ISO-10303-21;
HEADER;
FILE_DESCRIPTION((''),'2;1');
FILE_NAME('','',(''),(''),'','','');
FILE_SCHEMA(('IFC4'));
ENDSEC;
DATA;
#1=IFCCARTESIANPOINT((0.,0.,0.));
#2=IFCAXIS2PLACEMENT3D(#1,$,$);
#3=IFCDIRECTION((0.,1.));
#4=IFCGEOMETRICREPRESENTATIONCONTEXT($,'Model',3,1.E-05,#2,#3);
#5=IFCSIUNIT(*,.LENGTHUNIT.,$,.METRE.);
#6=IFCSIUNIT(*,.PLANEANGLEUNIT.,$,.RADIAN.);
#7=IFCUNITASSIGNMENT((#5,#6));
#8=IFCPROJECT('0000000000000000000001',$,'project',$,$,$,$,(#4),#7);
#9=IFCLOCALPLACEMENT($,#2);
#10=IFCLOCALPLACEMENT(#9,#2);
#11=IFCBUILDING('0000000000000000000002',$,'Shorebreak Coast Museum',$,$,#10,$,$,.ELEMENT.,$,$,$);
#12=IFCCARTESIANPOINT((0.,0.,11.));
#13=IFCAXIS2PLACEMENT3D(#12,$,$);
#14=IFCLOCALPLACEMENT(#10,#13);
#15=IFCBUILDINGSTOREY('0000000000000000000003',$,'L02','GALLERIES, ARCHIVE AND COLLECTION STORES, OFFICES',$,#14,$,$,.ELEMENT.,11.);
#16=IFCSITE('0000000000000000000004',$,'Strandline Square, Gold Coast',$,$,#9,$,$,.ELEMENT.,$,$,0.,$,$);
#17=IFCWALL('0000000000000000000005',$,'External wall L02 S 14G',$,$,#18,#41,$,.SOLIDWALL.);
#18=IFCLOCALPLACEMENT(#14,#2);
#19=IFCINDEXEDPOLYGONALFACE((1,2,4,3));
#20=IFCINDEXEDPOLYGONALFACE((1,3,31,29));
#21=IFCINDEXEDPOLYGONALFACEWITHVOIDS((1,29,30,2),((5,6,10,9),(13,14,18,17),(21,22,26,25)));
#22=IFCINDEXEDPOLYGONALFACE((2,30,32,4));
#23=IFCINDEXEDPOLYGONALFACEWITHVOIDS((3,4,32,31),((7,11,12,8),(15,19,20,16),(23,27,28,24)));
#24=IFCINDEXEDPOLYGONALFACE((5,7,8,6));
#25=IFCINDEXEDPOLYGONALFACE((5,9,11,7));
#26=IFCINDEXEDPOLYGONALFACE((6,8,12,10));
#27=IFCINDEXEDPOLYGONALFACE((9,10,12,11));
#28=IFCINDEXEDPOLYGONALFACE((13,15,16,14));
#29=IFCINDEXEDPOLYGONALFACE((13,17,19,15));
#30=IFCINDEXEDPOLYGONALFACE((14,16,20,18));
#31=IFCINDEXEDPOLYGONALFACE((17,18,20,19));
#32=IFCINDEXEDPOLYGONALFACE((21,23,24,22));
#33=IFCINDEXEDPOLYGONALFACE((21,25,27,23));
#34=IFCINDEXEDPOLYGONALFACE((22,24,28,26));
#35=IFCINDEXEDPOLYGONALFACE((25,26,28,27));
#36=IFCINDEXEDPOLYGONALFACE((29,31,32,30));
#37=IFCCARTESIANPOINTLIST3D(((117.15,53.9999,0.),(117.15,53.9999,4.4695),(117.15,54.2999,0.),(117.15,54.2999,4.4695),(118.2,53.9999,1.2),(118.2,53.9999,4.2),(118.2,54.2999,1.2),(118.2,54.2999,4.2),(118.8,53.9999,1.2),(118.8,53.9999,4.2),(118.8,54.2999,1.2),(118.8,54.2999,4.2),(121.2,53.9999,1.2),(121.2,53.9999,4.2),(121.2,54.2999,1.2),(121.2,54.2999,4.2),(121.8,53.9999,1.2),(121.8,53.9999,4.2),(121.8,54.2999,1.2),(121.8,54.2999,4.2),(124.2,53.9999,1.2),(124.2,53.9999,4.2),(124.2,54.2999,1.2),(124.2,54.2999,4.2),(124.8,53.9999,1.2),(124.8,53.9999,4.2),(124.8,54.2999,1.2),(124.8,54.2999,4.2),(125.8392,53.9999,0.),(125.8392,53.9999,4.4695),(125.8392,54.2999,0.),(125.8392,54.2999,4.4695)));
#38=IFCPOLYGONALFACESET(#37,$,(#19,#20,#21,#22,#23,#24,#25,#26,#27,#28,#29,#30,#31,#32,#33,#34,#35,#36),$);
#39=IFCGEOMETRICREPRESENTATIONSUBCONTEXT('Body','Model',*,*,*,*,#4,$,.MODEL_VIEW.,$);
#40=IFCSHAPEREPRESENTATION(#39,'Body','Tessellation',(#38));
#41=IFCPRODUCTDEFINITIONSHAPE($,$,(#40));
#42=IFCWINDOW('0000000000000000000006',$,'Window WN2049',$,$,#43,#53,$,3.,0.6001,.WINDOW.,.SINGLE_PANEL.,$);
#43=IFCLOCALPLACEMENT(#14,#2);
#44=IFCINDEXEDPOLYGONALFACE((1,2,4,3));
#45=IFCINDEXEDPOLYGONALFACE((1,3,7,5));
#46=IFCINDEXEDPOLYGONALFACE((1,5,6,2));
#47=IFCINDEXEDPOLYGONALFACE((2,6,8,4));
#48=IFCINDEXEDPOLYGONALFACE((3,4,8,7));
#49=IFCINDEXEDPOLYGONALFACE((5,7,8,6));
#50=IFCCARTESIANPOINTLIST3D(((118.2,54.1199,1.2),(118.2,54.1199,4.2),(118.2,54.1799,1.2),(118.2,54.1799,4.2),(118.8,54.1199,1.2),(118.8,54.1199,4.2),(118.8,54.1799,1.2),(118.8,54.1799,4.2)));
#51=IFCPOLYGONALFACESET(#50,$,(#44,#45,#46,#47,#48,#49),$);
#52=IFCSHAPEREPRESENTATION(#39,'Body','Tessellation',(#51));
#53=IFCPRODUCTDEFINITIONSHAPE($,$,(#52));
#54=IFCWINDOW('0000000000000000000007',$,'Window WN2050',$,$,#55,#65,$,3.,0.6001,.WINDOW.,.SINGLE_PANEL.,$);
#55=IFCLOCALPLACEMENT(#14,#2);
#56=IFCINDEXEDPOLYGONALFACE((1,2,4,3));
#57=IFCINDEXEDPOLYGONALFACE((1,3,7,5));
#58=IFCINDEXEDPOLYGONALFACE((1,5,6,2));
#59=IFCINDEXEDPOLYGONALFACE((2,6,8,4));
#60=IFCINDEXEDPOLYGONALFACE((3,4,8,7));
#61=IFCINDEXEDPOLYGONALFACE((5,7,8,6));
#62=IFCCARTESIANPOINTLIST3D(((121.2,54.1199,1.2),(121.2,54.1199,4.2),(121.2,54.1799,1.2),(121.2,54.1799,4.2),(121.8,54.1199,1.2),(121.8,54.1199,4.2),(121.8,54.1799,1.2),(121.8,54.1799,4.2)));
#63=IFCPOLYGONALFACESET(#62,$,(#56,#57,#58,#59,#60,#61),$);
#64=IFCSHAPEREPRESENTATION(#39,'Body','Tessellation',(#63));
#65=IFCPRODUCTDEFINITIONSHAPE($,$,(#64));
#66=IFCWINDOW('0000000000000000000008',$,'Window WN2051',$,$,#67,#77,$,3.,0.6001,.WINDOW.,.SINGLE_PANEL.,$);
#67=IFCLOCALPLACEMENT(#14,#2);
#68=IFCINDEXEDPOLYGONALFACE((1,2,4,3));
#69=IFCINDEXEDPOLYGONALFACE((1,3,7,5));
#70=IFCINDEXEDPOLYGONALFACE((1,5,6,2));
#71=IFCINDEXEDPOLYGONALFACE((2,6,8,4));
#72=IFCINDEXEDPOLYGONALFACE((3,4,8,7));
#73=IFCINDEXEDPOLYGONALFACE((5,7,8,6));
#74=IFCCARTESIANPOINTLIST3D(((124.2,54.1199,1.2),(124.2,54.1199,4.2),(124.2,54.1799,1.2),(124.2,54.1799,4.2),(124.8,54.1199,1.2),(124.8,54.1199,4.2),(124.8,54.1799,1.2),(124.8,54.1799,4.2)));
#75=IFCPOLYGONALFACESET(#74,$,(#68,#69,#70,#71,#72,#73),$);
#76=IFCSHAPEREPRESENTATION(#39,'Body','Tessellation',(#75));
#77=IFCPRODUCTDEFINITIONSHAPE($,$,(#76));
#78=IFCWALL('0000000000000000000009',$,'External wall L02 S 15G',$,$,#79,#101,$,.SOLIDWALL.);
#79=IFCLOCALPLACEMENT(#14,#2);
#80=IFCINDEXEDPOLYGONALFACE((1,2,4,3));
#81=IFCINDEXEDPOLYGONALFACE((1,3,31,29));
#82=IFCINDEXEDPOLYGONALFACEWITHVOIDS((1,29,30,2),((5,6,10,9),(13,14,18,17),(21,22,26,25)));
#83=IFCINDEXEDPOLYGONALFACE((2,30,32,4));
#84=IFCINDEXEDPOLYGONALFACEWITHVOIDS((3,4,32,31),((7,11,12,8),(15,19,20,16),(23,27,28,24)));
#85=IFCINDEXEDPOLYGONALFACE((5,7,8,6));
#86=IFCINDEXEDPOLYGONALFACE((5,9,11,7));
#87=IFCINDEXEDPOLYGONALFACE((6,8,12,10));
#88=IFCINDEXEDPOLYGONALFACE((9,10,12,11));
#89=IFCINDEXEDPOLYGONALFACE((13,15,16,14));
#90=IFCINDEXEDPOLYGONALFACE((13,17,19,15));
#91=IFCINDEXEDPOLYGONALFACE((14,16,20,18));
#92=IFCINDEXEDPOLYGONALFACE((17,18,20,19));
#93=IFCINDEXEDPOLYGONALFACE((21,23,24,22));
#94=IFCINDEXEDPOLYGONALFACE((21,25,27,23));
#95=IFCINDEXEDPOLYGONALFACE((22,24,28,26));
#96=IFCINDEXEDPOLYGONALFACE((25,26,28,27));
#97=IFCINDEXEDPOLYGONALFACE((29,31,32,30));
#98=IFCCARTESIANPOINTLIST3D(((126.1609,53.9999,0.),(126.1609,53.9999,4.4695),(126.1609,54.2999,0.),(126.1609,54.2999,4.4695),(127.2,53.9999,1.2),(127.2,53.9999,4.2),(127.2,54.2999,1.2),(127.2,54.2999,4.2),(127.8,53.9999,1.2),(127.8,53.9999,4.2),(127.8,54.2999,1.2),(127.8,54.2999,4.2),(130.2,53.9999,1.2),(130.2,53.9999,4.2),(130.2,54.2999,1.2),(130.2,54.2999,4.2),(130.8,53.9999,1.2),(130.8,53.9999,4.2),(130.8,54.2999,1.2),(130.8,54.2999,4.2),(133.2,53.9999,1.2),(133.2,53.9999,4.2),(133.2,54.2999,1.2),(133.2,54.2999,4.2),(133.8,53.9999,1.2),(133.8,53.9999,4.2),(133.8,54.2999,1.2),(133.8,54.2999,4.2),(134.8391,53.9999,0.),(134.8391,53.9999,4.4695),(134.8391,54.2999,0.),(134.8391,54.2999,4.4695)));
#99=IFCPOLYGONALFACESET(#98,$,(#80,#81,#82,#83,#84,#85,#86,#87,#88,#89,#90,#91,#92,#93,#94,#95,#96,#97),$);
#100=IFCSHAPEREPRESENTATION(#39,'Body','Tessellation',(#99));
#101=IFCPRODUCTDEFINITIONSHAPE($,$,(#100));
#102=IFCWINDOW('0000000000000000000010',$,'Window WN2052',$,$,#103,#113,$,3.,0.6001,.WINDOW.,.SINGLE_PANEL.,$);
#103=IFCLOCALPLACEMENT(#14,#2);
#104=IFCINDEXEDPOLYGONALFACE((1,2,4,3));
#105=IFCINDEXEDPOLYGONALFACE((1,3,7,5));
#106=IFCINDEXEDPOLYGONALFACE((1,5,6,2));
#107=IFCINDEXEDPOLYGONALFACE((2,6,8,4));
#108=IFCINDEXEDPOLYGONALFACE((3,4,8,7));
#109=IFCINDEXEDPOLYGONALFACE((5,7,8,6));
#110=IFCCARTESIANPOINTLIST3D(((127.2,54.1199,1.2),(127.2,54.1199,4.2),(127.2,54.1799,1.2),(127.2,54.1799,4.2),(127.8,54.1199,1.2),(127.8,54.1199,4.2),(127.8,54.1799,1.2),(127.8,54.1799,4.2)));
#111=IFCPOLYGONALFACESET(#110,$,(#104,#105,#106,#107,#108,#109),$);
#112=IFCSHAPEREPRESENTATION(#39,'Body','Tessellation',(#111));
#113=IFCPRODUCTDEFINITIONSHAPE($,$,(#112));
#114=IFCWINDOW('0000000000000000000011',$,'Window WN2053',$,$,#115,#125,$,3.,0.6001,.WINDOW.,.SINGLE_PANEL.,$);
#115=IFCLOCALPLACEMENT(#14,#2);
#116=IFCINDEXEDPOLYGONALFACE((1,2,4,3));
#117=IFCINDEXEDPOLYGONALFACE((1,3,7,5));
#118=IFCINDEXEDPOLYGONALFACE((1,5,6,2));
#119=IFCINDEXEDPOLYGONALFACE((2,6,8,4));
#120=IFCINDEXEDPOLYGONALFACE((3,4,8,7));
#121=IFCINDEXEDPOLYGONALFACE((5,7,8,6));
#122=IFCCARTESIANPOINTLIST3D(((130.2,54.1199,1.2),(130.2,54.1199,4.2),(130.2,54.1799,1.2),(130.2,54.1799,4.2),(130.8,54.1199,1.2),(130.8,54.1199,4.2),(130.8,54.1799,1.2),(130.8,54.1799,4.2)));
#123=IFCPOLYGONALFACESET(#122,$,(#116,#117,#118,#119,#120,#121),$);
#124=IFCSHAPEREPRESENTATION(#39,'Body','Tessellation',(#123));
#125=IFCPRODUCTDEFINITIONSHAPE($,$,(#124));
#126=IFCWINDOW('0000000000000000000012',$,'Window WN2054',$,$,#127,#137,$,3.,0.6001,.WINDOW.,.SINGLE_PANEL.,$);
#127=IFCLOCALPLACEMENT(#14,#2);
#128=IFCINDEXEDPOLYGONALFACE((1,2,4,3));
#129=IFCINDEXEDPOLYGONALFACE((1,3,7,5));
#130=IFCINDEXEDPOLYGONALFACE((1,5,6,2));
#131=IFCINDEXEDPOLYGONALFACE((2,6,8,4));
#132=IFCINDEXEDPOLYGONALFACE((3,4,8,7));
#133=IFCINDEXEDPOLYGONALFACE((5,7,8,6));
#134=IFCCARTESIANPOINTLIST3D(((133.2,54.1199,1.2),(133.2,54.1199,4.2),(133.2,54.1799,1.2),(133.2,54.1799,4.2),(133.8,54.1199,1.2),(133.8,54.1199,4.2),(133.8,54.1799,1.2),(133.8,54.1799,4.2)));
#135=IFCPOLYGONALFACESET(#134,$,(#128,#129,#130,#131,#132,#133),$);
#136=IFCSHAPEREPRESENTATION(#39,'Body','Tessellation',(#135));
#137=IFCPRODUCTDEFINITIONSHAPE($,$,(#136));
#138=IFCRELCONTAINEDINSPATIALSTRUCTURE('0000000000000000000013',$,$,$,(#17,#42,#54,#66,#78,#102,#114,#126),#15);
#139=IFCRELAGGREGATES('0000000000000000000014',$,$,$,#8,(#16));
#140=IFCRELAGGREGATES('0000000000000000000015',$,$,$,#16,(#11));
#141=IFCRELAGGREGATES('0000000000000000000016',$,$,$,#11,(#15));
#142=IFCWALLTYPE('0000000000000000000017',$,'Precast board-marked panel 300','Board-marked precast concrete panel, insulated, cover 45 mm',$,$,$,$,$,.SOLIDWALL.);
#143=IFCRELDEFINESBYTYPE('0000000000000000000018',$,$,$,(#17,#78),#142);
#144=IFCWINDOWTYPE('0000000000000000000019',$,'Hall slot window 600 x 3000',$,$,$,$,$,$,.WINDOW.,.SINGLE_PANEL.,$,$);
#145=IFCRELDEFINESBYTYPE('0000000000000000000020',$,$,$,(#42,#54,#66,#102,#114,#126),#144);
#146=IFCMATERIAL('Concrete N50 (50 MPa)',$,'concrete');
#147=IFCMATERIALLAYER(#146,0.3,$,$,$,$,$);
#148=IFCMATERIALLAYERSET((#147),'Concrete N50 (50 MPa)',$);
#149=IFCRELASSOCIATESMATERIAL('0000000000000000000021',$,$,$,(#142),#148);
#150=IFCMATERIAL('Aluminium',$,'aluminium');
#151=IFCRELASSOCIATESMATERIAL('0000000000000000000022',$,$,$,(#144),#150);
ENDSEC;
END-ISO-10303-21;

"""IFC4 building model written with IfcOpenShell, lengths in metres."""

from ifc_helpers import new_model, si_unit, direction, frame, frame_2d, origin, place, context, subcontext, project, spatial, rectangle, extrude, material, layer, layer_set, type_object, element, fill, save


model = new_model("IFC4")

# Units and contexts
model_context = context("Model", 3, precision=1e-05, world=origin(), true_north=direction((0.0, 1.0)))
body_context = subcontext(model_context, "Body", "Model", "MODEL_VIEW")
ifc_project = project(units=[si_unit("LENGTHUNIT", "METRE"), si_unit("PLANEANGLEUNIT", "RADIAN")], contexts=[model_context])

# Site, building, storey
site_placement = place(None, origin())
site = spatial("IfcSite", under=ifc_project, at=site_placement, Name="Strandline Square, Gold Coast", CompositionType="ELEMENT", RefElevation=0.0)
building_placement = place(site_placement, origin())
building = spatial("IfcBuilding", under=site, at=building_placement, Name="Shorebreak Coast Museum", CompositionType="ELEMENT")
storey_placement = place(building_placement, frame((0.0, 0.0, 11.0)))
storey = spatial("IfcBuildingStorey", under=building, at=storey_placement, Name="L02", Description="GALLERIES, ARCHIVE AND COLLECTION STORES, OFFICES", CompositionType="ELEMENT", Elevation=11.0)

# Walls, openings, windows
ifc_material_1 = material(Name="Concrete N50 (50 MPa)", Category="concrete")
ifc_layer_1 = layer(ifc_material_1, 0.3)
ifc_layer_set_1 = layer_set([ifc_layer_1], Name="Concrete N50 (50 MPa)")
wall_type_1 = type_object("IfcWallType", Name="Precast board-marked panel 300", Description="Board-marked precast concrete panel, insulated, cover 45 mm", PredefinedType="SOLIDWALL", material=ifc_layer_set_1)
wall_1_placement = place(storey_placement, frame((117.1499, 54.1499, 0.0), z_axis=(0.0, 0.0, 1.0), x_axis=(1.0, 0.0, 0.0)))
wall_1 = element("IfcWall", 1, at=wall_1_placement, inside=storey, type_object=wall_type_1, Name="External wall L02 S 14G", PredefinedType="SOLIDWALL", context=body_context, shape_type="SweptSolid", body=[
    extrude(rectangle(XDim=8.6892, YDim=0.3, at=frame_2d((4.3447, 0.0))), origin(), (0.0, 0.0, 1.0), 4.4695),
])
opening_1_placement = place(wall_1_placement, frame((1.05, 0.0, 1.2)))
opening_1 = element("IfcOpeningElement", 2, at=opening_1_placement, cuts=wall_1, PredefinedType="OPENING", context=body_context, shape_type="SweptSolid", body=[
    extrude(rectangle(XDim=0.6001, YDim=3.0, at=frame_2d((0.3, 1.5))), frame((0.0, 0.1599, 0.0), z_axis=(0.0, -1.0, 0.0), x_axis=(1.0, 0.0, 0.0)), (0.0, 0.0, 1.0), 0.3201),
])
opening_2_placement = place(wall_1_placement, frame((4.05, 0.0, 1.2)))
opening_2 = element("IfcOpeningElement", 3, at=opening_2_placement, cuts=wall_1, PredefinedType="OPENING", context=body_context, shape_type="SweptSolid", body=[
    extrude(rectangle(XDim=0.6001, YDim=3.0, at=frame_2d((0.3, 1.5))), frame((0.0, 0.1599, 0.0), z_axis=(0.0, -1.0, 0.0), x_axis=(1.0, 0.0, 0.0)), (0.0, 0.0, 1.0), 0.3201),
])
opening_3_placement = place(wall_1_placement, frame((7.05, 0.0, 1.2)))
opening_3 = element("IfcOpeningElement", 4, at=opening_3_placement, cuts=wall_1, PredefinedType="OPENING", context=body_context, shape_type="SweptSolid", body=[
    extrude(rectangle(XDim=0.6001, YDim=3.0, at=frame_2d((0.3, 1.5))), frame((0.0, 0.1599, 0.0), z_axis=(0.0, -1.0, 0.0), x_axis=(1.0, 0.0, 0.0)), (0.0, 0.0, 1.0), 0.3201),
])
ifc_material_2 = material(Name="Aluminium", Category="aluminium")
window_type = type_object("IfcWindowType", Name="Hall slot window 600 x 3000", PartitioningType="SINGLE_PANEL", PredefinedType="WINDOW", material=ifc_material_2)
window_1_placement = place(opening_1_placement, origin())
window_1 = element("IfcWindow", 5, at=window_1_placement, inside=storey, type_object=window_type, Name="Window WN2049", OverallHeight=3.0, OverallWidth=0.6001, PartitioningType="SINGLE_PANEL", PredefinedType="WINDOW", context=body_context, shape_type="SweptSolid", body=[
    extrude(rectangle(XDim=0.6001, YDim=3.0, at=frame_2d((0.3, 1.5))), frame((0.0, 0.03, 0.0), z_axis=(0.0, -1.0, 0.0), x_axis=(1.0, 0.0, 0.0)), (0.0, 0.0, 1.0), 0.0601),
])
fill(opening_1, window_1)
window_2_placement = place(opening_2_placement, origin())
window_2 = element("IfcWindow", 6, at=window_2_placement, inside=storey, type_object=window_type, Name="Window WN2050", OverallHeight=3.0, OverallWidth=0.6001, PartitioningType="SINGLE_PANEL", PredefinedType="WINDOW", context=body_context, shape_type="SweptSolid", body=[
    extrude(rectangle(XDim=0.6001, YDim=3.0, at=frame_2d((0.3, 1.5))), frame((0.0, 0.03, 0.0), z_axis=(0.0, -1.0, 0.0), x_axis=(1.0, 0.0, 0.0)), (0.0, 0.0, 1.0), 0.0601),
])
fill(opening_2, window_2)
window_3_placement = place(opening_3_placement, origin())
window_3 = element("IfcWindow", 7, at=window_3_placement, inside=storey, type_object=window_type, Name="Window WN2051", OverallHeight=3.0, OverallWidth=0.6001, PartitioningType="SINGLE_PANEL", PredefinedType="WINDOW", context=body_context, shape_type="SweptSolid", body=[
    extrude(rectangle(XDim=0.6001, YDim=3.0, at=frame_2d((0.3, 1.5))), frame((0.0, 0.03, 0.0), z_axis=(0.0, -1.0, 0.0), x_axis=(1.0, 0.0, 0.0)), (0.0, 0.0, 1.0), 0.0601),
])
fill(opening_3, window_3)
wall_2_placement = place(storey_placement, frame((126.1609, 54.1499, 0.0), z_axis=(0.0, 0.0, 1.0), x_axis=(1.0, 0.0, 0.0)))
wall_2 = element("IfcWall", 8, at=wall_2_placement, inside=storey, type_object=wall_type_1, Name="External wall L02 S 15G", PredefinedType="SOLIDWALL", context=body_context, shape_type="SweptSolid", body=[
    extrude(rectangle(XDim=8.6782, YDim=0.3, at=frame_2d((4.3391, 0.0))), origin(), (0.0, 0.0, 1.0), 4.4695),
])
opening_4_placement = place(wall_2_placement, frame((1.0391, 0.0, 1.2)))
opening_4 = element("IfcOpeningElement", 9, at=opening_4_placement, cuts=wall_2, PredefinedType="OPENING", context=body_context, shape_type="SweptSolid", body=[
    extrude(rectangle(XDim=0.6001, YDim=3.0, at=frame_2d((0.3, 1.5))), frame((0.0, 0.1599, 0.0), z_axis=(0.0, -1.0, 0.0), x_axis=(1.0, 0.0, 0.0)), (0.0, 0.0, 1.0), 0.3201),
])
opening_5_placement = place(wall_2_placement, frame((4.0391, 0.0, 1.2)))
opening_5 = element("IfcOpeningElement", 10, at=opening_5_placement, cuts=wall_2, PredefinedType="OPENING", context=body_context, shape_type="SweptSolid", body=[
    extrude(rectangle(XDim=0.6001, YDim=3.0, at=frame_2d((0.3, 1.5))), frame((0.0, 0.1599, 0.0), z_axis=(0.0, -1.0, 0.0), x_axis=(1.0, 0.0, 0.0)), (0.0, 0.0, 1.0), 0.3201),
])
opening_6_placement = place(wall_2_placement, frame((7.0391, 0.0, 1.2)))
opening_6 = element("IfcOpeningElement", 11, at=opening_6_placement, cuts=wall_2, PredefinedType="OPENING", context=body_context, shape_type="SweptSolid", body=[
    extrude(rectangle(XDim=0.6001, YDim=3.0, at=frame_2d((0.3, 1.5))), frame((0.0, 0.1599, 0.0), z_axis=(0.0, -1.0, 0.0), x_axis=(1.0, 0.0, 0.0)), (0.0, 0.0, 1.0), 0.3201),
])
window_4_placement = place(opening_4_placement, origin())
window_4 = element("IfcWindow", 12, at=window_4_placement, inside=storey, type_object=window_type, Name="Window WN2052", OverallHeight=3.0, OverallWidth=0.6001, PartitioningType="SINGLE_PANEL", PredefinedType="WINDOW", context=body_context, shape_type="SweptSolid", body=[
    extrude(rectangle(XDim=0.6001, YDim=3.0, at=frame_2d((0.3, 1.5))), frame((0.0, 0.03, 0.0), z_axis=(0.0, -1.0, 0.0), x_axis=(1.0, 0.0, 0.0)), (0.0, 0.0, 1.0), 0.0601),
])
fill(opening_4, window_4)
window_5_placement = place(opening_5_placement, origin())
window_5 = element("IfcWindow", 13, at=window_5_placement, inside=storey, type_object=window_type, Name="Window WN2053", OverallHeight=3.0, OverallWidth=0.6001, PartitioningType="SINGLE_PANEL", PredefinedType="WINDOW", context=body_context, shape_type="SweptSolid", body=[
    extrude(rectangle(XDim=0.6001, YDim=3.0, at=frame_2d((0.3, 1.5))), frame((0.0, 0.03, 0.0), z_axis=(0.0, -1.0, 0.0), x_axis=(1.0, 0.0, 0.0)), (0.0, 0.0, 1.0), 0.0601),
])
fill(opening_5, window_5)
window_6_placement = place(opening_6_placement, origin())
window_6 = element("IfcWindow", 14, at=window_6_placement, inside=storey, type_object=window_type, Name="Window WN2054", OverallHeight=3.0, OverallWidth=0.6001, PartitioningType="SINGLE_PANEL", PredefinedType="WINDOW", context=body_context, shape_type="SweptSolid", body=[
    extrude(rectangle(XDim=0.6001, YDim=3.0, at=frame_2d((0.3, 1.5))), frame((0.0, 0.03, 0.0), z_axis=(0.0, -1.0, 0.0), x_axis=(1.0, 0.0, 0.0)), (0.0, 0.0, 1.0), 0.0601),
])
fill(opening_6, window_6)

save(model, "model.ifc")
